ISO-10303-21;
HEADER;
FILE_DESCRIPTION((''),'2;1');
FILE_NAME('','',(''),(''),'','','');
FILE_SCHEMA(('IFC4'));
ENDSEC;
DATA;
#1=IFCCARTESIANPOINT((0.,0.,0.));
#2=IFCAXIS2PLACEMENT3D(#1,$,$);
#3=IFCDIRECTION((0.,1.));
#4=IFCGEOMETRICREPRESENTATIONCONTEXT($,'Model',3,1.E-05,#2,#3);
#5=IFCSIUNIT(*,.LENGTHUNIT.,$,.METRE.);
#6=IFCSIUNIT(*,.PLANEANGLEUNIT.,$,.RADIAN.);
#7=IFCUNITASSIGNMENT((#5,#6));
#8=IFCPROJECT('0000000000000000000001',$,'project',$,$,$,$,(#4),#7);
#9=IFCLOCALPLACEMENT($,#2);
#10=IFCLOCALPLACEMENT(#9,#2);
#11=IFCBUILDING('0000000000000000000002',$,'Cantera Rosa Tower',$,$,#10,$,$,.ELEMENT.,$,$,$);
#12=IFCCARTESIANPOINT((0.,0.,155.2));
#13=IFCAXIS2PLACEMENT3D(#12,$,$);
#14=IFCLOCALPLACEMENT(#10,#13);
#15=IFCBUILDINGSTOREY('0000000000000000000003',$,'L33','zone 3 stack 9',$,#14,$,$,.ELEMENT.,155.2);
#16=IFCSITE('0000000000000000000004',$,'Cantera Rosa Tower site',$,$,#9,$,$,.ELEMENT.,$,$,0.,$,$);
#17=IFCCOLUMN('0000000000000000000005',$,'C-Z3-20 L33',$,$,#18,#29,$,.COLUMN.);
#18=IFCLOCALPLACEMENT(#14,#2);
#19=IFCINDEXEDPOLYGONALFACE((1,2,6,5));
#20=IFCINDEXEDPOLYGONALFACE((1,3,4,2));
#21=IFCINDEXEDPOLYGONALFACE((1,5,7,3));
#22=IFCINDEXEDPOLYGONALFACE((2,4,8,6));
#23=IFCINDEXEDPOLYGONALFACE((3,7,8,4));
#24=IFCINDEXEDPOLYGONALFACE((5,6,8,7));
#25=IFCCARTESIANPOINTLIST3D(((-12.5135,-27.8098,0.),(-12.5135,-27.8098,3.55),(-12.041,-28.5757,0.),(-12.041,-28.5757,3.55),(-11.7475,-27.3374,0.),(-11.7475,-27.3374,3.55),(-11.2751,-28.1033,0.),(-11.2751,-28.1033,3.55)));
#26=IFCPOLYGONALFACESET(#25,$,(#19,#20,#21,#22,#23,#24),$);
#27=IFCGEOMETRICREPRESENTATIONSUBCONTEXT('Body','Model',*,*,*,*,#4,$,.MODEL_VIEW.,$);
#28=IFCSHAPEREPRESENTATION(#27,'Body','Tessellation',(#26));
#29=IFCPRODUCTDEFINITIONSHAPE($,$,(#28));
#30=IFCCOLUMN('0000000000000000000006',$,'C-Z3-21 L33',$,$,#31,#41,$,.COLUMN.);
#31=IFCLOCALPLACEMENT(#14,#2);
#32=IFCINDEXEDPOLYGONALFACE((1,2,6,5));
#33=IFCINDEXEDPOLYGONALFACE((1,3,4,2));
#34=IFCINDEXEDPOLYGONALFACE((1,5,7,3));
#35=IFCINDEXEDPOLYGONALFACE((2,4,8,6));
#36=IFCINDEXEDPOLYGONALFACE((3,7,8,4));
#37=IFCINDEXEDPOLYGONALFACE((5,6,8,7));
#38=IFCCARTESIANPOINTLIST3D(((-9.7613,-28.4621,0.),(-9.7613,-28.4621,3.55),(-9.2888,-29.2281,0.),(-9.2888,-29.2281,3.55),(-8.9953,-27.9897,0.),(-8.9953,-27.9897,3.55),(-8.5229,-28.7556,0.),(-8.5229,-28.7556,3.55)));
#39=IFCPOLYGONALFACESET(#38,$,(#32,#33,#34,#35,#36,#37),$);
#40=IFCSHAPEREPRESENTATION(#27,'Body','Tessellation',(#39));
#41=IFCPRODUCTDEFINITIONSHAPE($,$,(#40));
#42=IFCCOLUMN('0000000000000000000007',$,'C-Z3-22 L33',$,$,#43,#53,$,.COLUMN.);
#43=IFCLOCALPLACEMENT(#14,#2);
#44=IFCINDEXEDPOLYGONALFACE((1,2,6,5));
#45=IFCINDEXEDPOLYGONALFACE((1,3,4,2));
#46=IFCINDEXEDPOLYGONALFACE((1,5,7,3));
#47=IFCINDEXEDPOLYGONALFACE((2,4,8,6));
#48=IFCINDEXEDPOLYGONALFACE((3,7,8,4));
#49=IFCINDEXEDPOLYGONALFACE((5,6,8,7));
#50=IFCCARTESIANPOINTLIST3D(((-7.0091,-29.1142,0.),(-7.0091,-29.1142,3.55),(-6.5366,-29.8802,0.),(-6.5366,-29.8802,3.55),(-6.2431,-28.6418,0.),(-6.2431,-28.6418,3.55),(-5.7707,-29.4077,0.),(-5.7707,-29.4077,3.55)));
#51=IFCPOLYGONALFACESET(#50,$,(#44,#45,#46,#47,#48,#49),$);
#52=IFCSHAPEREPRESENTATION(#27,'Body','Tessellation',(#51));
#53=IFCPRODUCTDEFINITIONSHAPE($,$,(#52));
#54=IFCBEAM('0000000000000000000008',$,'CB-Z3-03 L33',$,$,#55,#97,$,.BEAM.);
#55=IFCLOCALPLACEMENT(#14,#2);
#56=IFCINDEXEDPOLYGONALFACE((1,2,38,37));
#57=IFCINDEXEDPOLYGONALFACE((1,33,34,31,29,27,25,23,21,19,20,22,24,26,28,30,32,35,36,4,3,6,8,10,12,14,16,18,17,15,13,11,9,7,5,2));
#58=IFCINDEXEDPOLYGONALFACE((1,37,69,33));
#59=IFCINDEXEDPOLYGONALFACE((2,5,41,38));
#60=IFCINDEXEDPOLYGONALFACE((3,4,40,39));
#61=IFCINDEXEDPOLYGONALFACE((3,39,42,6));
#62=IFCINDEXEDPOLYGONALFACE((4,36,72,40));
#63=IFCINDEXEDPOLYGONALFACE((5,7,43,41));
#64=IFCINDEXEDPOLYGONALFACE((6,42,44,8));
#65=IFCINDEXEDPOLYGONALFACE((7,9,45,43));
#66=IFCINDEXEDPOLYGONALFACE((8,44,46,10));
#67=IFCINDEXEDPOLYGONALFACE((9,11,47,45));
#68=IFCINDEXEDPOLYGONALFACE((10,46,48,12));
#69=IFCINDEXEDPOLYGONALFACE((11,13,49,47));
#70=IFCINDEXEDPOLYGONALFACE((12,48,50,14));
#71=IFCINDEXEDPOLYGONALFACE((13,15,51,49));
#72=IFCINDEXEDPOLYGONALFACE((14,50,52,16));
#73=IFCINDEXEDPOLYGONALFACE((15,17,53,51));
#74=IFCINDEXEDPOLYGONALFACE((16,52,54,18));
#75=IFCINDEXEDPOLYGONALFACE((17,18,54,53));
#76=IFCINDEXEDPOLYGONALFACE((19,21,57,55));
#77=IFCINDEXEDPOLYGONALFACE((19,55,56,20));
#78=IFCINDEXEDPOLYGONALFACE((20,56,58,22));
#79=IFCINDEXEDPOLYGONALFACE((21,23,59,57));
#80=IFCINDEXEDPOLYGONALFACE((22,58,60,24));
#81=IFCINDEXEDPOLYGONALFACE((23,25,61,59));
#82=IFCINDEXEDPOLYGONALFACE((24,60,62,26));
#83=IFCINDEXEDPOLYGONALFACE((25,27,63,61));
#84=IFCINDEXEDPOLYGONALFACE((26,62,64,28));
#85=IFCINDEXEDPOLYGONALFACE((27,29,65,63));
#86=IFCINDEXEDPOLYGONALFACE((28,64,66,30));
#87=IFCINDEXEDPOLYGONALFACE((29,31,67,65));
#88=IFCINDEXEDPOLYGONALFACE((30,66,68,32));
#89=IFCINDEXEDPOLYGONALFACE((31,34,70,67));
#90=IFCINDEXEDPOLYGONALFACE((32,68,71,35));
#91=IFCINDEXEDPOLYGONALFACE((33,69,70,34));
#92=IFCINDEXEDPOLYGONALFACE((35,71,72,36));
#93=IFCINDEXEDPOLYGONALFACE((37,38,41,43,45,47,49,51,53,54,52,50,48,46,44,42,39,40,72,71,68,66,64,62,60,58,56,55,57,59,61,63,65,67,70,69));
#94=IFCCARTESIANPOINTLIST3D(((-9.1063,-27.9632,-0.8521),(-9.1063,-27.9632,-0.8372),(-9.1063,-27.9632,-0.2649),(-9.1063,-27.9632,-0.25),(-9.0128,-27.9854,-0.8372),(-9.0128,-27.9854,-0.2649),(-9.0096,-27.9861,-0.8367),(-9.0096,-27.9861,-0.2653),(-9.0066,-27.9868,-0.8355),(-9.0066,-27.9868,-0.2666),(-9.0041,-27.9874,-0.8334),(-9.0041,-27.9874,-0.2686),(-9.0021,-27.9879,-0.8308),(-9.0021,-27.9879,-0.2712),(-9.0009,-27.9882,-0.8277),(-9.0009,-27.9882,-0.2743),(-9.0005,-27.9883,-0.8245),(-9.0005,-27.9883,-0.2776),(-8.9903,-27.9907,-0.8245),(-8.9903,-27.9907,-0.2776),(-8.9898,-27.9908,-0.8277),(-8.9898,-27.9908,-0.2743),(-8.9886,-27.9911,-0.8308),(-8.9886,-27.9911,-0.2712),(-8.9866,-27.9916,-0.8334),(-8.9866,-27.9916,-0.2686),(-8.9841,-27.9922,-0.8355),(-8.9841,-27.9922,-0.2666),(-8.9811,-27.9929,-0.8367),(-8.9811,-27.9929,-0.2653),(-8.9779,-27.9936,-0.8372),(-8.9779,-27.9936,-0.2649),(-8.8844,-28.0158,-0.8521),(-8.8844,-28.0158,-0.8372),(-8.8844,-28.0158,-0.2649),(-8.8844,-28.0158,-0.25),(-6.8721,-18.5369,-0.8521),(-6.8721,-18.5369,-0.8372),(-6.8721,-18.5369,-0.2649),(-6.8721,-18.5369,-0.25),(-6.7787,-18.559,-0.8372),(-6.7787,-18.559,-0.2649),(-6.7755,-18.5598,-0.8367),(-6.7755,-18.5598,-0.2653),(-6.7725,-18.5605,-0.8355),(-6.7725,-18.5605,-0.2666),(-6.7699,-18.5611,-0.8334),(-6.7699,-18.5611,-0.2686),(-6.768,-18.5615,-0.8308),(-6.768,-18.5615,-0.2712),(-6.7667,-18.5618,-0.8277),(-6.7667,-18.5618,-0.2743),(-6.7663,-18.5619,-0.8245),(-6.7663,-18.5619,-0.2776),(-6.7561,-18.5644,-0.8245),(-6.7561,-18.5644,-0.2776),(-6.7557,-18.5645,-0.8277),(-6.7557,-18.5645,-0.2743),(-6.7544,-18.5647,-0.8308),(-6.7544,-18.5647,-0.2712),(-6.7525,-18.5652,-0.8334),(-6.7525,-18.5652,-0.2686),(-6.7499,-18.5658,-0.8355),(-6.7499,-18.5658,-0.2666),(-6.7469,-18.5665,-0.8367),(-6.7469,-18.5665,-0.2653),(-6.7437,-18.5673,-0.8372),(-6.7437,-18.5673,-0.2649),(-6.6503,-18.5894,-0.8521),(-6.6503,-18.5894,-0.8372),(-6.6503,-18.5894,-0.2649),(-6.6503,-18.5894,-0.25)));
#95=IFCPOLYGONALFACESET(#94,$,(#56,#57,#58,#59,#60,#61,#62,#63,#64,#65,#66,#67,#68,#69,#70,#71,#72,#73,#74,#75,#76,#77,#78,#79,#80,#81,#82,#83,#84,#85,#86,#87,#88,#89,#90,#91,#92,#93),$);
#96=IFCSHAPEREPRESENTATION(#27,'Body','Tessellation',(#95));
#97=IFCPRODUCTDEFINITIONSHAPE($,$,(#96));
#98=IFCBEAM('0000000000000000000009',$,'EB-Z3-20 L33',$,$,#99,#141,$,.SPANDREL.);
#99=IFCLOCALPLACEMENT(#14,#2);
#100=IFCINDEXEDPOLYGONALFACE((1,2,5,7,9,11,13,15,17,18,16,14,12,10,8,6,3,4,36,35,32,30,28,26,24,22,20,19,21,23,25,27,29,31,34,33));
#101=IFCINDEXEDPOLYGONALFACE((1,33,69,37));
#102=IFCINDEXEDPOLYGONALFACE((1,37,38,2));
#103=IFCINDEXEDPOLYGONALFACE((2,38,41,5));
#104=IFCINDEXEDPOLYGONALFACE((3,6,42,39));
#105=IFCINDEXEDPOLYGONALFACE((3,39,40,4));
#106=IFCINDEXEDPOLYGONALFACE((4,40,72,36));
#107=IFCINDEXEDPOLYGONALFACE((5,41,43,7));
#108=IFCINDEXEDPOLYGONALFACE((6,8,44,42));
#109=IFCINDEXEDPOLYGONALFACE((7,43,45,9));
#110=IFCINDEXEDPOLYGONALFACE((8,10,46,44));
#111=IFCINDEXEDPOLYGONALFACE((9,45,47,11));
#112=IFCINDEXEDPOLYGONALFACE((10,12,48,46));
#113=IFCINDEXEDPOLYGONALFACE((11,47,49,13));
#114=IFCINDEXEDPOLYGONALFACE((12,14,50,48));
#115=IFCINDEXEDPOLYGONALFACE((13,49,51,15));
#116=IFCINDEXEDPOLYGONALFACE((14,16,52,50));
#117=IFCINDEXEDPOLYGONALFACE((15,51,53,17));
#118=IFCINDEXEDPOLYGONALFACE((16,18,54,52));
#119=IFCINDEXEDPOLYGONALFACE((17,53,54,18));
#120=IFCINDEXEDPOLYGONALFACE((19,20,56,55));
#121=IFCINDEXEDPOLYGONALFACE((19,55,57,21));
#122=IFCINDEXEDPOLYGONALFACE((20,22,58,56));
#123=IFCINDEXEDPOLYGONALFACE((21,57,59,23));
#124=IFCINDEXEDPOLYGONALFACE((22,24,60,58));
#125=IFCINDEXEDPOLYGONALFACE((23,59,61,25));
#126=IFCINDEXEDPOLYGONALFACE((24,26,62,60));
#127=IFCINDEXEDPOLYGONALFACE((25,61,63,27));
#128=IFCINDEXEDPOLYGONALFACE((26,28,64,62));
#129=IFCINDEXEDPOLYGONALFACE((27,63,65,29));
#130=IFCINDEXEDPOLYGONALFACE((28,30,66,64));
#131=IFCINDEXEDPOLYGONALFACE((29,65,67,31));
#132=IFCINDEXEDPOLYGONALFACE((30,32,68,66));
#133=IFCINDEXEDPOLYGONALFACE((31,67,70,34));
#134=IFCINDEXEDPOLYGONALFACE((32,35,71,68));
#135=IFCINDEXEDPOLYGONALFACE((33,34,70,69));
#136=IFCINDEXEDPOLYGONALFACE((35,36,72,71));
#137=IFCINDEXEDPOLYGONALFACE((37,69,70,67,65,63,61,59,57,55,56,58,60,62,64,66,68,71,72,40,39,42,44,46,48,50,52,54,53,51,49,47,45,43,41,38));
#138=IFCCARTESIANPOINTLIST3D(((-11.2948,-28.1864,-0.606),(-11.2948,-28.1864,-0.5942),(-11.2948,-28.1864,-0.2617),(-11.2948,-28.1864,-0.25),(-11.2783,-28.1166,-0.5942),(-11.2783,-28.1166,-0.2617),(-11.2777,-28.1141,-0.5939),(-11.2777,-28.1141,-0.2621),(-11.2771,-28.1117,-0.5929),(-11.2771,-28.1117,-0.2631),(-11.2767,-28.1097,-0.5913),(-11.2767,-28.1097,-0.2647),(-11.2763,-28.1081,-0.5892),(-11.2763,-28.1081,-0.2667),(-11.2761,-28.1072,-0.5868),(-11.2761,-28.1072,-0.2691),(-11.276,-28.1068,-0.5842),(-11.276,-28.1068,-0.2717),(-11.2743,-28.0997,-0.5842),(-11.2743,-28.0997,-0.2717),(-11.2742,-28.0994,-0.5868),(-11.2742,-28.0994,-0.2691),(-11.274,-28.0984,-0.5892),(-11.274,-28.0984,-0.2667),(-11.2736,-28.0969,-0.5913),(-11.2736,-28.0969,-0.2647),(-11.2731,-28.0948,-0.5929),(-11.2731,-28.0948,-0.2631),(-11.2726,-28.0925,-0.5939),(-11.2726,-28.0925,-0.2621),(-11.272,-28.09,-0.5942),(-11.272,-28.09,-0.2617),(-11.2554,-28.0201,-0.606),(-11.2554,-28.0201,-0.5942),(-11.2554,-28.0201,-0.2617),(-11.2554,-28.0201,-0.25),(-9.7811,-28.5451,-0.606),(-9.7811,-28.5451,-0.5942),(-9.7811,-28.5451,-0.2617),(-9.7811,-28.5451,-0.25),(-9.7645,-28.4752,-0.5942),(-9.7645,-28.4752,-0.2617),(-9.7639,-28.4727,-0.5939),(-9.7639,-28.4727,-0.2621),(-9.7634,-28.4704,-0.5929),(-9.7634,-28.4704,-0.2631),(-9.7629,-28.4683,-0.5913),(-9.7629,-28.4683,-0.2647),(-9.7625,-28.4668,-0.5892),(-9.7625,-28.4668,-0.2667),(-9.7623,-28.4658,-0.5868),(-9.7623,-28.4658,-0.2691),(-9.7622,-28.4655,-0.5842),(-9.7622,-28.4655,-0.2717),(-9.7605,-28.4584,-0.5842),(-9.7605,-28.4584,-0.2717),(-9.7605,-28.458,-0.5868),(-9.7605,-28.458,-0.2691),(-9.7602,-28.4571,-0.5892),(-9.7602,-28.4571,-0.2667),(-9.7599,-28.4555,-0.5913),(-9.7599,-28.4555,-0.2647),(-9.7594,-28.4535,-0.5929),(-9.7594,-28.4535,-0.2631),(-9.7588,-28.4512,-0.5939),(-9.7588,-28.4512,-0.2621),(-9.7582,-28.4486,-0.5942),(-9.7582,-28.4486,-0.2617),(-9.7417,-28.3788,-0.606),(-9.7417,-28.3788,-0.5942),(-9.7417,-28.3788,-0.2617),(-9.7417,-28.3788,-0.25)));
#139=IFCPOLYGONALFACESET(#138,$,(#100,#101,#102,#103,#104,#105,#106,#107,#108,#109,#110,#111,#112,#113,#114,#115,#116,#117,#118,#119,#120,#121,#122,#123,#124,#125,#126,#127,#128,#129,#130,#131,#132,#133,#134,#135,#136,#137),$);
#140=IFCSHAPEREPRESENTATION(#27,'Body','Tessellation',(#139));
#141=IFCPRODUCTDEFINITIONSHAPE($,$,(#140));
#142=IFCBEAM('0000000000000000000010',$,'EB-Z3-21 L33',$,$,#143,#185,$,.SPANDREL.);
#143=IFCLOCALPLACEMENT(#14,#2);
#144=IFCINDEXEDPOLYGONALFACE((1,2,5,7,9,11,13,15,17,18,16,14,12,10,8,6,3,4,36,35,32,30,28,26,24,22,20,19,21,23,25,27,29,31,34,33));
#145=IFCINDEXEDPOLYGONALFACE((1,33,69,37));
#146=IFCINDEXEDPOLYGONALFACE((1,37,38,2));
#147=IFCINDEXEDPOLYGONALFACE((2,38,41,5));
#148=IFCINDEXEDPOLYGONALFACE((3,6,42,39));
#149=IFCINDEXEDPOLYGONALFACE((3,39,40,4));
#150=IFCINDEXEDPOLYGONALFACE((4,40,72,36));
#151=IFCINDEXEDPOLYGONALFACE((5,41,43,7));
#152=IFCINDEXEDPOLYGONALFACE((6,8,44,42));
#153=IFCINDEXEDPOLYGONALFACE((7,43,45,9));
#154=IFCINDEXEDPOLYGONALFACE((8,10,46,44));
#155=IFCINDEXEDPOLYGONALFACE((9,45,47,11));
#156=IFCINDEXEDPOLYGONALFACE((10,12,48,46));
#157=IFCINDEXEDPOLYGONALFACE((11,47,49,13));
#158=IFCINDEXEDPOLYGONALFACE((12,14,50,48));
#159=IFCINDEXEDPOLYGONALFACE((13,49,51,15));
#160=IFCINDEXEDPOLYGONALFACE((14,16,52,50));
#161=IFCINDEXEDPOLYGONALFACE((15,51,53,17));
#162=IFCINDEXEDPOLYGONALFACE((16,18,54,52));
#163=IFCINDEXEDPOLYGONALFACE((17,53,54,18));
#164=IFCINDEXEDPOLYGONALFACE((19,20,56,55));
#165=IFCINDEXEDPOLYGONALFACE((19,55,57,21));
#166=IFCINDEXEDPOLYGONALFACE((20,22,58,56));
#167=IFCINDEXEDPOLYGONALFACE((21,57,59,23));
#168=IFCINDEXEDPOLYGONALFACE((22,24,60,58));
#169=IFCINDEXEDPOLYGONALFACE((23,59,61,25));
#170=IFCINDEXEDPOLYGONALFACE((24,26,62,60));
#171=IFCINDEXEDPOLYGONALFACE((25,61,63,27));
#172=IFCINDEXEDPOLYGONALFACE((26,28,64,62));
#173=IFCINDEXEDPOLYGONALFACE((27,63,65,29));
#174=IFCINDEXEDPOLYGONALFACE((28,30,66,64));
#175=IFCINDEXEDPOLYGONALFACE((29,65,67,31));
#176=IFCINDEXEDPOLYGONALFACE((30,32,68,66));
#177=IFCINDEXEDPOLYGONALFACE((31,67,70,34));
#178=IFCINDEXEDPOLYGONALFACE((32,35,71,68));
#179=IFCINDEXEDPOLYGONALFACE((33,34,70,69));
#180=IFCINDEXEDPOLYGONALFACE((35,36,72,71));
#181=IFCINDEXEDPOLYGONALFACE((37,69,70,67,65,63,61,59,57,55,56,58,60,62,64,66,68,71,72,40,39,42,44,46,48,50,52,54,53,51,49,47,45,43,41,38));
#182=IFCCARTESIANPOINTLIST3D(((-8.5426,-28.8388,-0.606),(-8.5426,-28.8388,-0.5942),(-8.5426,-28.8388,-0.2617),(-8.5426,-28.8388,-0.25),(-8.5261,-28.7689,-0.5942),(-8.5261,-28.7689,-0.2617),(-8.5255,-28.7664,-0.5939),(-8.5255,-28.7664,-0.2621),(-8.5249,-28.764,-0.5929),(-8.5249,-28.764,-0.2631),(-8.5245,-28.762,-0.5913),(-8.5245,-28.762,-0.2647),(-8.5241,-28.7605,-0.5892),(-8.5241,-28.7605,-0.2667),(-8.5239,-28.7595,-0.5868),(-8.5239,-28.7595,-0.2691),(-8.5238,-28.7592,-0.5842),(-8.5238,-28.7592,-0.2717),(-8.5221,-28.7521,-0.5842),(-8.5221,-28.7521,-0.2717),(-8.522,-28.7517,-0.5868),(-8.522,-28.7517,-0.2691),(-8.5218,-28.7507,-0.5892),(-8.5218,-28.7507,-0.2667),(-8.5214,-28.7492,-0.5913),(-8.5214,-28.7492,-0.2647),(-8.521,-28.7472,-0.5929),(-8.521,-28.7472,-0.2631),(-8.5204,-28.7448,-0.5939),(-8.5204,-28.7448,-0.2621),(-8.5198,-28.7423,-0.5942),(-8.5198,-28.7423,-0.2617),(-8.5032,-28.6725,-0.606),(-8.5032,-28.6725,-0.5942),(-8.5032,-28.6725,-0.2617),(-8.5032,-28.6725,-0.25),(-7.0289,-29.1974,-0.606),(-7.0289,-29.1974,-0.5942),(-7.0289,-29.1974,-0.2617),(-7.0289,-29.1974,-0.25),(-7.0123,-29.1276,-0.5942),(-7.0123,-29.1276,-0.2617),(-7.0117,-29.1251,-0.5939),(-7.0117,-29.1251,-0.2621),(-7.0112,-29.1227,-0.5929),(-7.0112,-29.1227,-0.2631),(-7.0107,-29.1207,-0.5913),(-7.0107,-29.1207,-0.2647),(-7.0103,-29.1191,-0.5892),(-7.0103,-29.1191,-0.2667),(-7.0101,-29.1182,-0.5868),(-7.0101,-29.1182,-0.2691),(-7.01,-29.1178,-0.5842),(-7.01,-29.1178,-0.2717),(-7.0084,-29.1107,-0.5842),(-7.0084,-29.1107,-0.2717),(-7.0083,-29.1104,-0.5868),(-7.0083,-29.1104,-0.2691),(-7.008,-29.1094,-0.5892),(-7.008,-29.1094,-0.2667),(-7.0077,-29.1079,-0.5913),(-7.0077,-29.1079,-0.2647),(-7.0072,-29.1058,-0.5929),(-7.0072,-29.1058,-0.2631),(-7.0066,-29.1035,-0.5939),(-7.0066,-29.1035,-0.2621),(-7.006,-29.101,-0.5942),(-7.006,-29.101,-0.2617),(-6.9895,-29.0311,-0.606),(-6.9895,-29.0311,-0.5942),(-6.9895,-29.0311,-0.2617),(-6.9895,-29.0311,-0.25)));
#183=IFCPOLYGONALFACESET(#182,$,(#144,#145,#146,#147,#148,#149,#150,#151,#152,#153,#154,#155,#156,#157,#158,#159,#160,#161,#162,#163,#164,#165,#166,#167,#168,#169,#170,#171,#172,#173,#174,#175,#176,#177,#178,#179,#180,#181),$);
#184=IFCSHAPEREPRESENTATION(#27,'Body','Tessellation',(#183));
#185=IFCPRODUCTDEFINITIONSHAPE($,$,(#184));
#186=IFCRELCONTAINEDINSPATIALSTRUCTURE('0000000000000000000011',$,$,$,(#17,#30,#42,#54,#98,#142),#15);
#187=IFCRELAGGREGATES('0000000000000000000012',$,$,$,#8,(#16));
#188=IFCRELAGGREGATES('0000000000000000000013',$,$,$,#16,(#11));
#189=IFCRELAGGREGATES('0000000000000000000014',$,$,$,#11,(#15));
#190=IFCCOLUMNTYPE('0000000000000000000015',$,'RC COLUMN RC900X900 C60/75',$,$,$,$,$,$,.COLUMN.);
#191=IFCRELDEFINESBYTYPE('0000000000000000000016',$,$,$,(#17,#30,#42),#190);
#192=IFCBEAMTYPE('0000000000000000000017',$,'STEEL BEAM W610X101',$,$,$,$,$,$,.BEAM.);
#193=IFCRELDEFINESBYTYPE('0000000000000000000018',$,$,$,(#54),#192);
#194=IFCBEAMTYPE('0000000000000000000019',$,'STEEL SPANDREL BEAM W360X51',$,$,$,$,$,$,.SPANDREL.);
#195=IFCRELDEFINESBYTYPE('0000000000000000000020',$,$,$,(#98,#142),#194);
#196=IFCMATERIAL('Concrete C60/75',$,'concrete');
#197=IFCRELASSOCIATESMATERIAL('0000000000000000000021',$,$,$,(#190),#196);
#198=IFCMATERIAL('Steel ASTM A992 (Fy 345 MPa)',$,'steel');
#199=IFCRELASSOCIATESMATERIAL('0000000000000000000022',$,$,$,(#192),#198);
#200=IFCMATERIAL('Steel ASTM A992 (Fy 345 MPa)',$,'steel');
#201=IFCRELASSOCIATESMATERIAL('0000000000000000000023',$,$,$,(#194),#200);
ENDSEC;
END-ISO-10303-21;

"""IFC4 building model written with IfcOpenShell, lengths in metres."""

from ifc_helpers import new_model, si_unit, direction, frame, origin, origin_2d, place, context, subcontext, project, spatial, rectangle, i_section, extrude, material, material_profile, profile_set, type_object, element, save


model = new_model("IFC4")

# Units and contexts
model_context = context("Model", 3, precision=1e-05, world=origin(), true_north=direction((0.0, 1.0)))
body_context = subcontext(model_context, "Body", "Model", "MODEL_VIEW")
ifc_project = project(units=[si_unit("LENGTHUNIT", "METRE"), si_unit("PLANEANGLEUNIT", "RADIAN")], contexts=[model_context])

# Site, building, storey
site_placement = place(None, origin())
site = spatial("IfcSite", under=ifc_project, at=site_placement, Name="Cantera Rosa Tower site", CompositionType="ELEMENT", RefElevation=0.0)
building_placement = place(site_placement, origin())
building = spatial("IfcBuilding", under=site, at=building_placement, Name="Cantera Rosa Tower", CompositionType="ELEMENT")
storey_placement = place(building_placement, frame((0.0, 0.0, 155.2)))
storey = spatial("IfcBuildingStorey", under=building, at=storey_placement, Name="L33", Description="zone 3 stack 9", CompositionType="ELEMENT", Elevation=155.2)

# Columns
ifc_material_1 = material(Name="Concrete C60/75", Category="concrete")
ifc_material_profile_1 = material_profile(ifc_material_1, rectangle(XDim=0.8999, YDim=0.8999, at=origin_2d()), Name="RC COLUMN RC900X900 C60/75")
ifc_profile_set_1 = profile_set([ifc_material_profile_1], Name="Concrete C60/75")
column_type = type_object("IfcColumnType", Name="RC COLUMN RC900X900 C60/75", PredefinedType="COLUMN", material=ifc_profile_set_1)
for number, where, z_axis, x_axis, name in (
    (1, (-11.8943, -27.9565, 0.0), (0.0, 0.0, 1.0), (0.851117, 0.524977, 0.0), "C-Z3-20 L33"),
    (2, (-9.1421, -28.6089, 0.0), (0.0, 0.0, 1.0), (0.851117, 0.524977, 0.0), "C-Z3-21 L33"),
    (3, (-6.3899, -29.261, 0.0), (0.0, 0.0, 1.0), (0.851117, 0.524977, 0.0), "C-Z3-22 L33"),
):
    element("IfcColumn", number, at=place(storey_placement, frame(where, z_axis=z_axis, x_axis=x_axis)), inside=storey, type_object=column_type, Name=name, PredefinedType="COLUMN", context=body_context, shape_type="SweptSolid", body=[
        extrude(rectangle(XDim=0.8999, YDim=0.8999, at=origin_2d()), origin(), (0.0, 0.0, 1.0), 3.55),
    ])

# Beams
ifc_material_2 = material(Name="Steel ASTM A992 (Fy 345 MPa)", Category="steel")
ifc_material_profile_2 = material_profile(ifc_material_2, i_section(OverallWidth=0.228, OverallDepth=0.6021, WebThickness=0.0105, FlangeThickness=0.0149, FilletRadius=0.0127, at=origin_2d()), Name="W610X101")
ifc_profile_set_2 = profile_set([ifc_material_profile_2], Name="Steel ASTM A992 (Fy 345 MPa)")
beam_type_1 = type_object("IfcBeamType", Name="STEEL BEAM W610X101", PredefinedType="BEAM", material=ifc_profile_set_2)
beam_1_placement = place(storey_placement, frame((-8.9954, -27.9895, -0.551), z_axis=(0.230622, 0.973043, 0.0), x_axis=(-0.973043, 0.230622, 0.0)))
element("IfcBeam", 4, at=beam_1_placement, inside=storey, type_object=beam_type_1, Name="CB-Z3-03 L33", PredefinedType="BEAM", context=body_context, shape_type="SweptSolid", body=[
    extrude(i_section(OverallWidth=0.228, OverallDepth=0.6021, WebThickness=0.0105, FlangeThickness=0.0149, FilletRadius=0.0127, at=origin_2d()), origin(), (0.0, 0.0, 1.0), 9.6875),
])
ifc_material_3 = material(Name="Steel ASTM A992 (Fy 345 MPa)", Category="steel")
ifc_material_profile_3 = material_profile(ifc_material_3, i_section(OverallWidth=0.1709, OverallDepth=0.356, WebThickness=0.0073, FlangeThickness=0.0117, FilletRadius=0.01, at=origin_2d()), Name="W360X51")
ifc_profile_set_3 = profile_set([ifc_material_profile_3], Name="Steel ASTM A992 (Fy 345 MPa)")
beam_type_2 = type_object("IfcBeamType", Name="STEEL SPANDREL BEAM W360X51", PredefinedType="SPANDREL", material=ifc_profile_set_3)
for number, where, z_axis, x_axis, name in (
    (5, (-11.2751, -28.1033, -0.428), (0.97306, -0.230552, 0.0), (0.230552, 0.97306, 0.0), "EB-Z3-20 L33"),
    (6, (-8.5229, -28.7556, -0.428), (0.97306, -0.230552, 0.0), (0.230552, 0.97306, 0.0), "EB-Z3-21 L33"),
):
    element("IfcBeam", number, at=place(storey_placement, frame(where, z_axis=z_axis, x_axis=x_axis)), inside=storey, type_object=beam_type_2, Name=name, PredefinedType="SPANDREL", context=body_context, shape_type="SweptSolid", body=[
        extrude(i_section(OverallWidth=0.1709, OverallDepth=0.356, WebThickness=0.0073, FlangeThickness=0.0117, FilletRadius=0.01, at=origin_2d()), origin(), (0.0, 0.0, 1.0), 1.5557),
    ])

save(model, "model.ifc")
